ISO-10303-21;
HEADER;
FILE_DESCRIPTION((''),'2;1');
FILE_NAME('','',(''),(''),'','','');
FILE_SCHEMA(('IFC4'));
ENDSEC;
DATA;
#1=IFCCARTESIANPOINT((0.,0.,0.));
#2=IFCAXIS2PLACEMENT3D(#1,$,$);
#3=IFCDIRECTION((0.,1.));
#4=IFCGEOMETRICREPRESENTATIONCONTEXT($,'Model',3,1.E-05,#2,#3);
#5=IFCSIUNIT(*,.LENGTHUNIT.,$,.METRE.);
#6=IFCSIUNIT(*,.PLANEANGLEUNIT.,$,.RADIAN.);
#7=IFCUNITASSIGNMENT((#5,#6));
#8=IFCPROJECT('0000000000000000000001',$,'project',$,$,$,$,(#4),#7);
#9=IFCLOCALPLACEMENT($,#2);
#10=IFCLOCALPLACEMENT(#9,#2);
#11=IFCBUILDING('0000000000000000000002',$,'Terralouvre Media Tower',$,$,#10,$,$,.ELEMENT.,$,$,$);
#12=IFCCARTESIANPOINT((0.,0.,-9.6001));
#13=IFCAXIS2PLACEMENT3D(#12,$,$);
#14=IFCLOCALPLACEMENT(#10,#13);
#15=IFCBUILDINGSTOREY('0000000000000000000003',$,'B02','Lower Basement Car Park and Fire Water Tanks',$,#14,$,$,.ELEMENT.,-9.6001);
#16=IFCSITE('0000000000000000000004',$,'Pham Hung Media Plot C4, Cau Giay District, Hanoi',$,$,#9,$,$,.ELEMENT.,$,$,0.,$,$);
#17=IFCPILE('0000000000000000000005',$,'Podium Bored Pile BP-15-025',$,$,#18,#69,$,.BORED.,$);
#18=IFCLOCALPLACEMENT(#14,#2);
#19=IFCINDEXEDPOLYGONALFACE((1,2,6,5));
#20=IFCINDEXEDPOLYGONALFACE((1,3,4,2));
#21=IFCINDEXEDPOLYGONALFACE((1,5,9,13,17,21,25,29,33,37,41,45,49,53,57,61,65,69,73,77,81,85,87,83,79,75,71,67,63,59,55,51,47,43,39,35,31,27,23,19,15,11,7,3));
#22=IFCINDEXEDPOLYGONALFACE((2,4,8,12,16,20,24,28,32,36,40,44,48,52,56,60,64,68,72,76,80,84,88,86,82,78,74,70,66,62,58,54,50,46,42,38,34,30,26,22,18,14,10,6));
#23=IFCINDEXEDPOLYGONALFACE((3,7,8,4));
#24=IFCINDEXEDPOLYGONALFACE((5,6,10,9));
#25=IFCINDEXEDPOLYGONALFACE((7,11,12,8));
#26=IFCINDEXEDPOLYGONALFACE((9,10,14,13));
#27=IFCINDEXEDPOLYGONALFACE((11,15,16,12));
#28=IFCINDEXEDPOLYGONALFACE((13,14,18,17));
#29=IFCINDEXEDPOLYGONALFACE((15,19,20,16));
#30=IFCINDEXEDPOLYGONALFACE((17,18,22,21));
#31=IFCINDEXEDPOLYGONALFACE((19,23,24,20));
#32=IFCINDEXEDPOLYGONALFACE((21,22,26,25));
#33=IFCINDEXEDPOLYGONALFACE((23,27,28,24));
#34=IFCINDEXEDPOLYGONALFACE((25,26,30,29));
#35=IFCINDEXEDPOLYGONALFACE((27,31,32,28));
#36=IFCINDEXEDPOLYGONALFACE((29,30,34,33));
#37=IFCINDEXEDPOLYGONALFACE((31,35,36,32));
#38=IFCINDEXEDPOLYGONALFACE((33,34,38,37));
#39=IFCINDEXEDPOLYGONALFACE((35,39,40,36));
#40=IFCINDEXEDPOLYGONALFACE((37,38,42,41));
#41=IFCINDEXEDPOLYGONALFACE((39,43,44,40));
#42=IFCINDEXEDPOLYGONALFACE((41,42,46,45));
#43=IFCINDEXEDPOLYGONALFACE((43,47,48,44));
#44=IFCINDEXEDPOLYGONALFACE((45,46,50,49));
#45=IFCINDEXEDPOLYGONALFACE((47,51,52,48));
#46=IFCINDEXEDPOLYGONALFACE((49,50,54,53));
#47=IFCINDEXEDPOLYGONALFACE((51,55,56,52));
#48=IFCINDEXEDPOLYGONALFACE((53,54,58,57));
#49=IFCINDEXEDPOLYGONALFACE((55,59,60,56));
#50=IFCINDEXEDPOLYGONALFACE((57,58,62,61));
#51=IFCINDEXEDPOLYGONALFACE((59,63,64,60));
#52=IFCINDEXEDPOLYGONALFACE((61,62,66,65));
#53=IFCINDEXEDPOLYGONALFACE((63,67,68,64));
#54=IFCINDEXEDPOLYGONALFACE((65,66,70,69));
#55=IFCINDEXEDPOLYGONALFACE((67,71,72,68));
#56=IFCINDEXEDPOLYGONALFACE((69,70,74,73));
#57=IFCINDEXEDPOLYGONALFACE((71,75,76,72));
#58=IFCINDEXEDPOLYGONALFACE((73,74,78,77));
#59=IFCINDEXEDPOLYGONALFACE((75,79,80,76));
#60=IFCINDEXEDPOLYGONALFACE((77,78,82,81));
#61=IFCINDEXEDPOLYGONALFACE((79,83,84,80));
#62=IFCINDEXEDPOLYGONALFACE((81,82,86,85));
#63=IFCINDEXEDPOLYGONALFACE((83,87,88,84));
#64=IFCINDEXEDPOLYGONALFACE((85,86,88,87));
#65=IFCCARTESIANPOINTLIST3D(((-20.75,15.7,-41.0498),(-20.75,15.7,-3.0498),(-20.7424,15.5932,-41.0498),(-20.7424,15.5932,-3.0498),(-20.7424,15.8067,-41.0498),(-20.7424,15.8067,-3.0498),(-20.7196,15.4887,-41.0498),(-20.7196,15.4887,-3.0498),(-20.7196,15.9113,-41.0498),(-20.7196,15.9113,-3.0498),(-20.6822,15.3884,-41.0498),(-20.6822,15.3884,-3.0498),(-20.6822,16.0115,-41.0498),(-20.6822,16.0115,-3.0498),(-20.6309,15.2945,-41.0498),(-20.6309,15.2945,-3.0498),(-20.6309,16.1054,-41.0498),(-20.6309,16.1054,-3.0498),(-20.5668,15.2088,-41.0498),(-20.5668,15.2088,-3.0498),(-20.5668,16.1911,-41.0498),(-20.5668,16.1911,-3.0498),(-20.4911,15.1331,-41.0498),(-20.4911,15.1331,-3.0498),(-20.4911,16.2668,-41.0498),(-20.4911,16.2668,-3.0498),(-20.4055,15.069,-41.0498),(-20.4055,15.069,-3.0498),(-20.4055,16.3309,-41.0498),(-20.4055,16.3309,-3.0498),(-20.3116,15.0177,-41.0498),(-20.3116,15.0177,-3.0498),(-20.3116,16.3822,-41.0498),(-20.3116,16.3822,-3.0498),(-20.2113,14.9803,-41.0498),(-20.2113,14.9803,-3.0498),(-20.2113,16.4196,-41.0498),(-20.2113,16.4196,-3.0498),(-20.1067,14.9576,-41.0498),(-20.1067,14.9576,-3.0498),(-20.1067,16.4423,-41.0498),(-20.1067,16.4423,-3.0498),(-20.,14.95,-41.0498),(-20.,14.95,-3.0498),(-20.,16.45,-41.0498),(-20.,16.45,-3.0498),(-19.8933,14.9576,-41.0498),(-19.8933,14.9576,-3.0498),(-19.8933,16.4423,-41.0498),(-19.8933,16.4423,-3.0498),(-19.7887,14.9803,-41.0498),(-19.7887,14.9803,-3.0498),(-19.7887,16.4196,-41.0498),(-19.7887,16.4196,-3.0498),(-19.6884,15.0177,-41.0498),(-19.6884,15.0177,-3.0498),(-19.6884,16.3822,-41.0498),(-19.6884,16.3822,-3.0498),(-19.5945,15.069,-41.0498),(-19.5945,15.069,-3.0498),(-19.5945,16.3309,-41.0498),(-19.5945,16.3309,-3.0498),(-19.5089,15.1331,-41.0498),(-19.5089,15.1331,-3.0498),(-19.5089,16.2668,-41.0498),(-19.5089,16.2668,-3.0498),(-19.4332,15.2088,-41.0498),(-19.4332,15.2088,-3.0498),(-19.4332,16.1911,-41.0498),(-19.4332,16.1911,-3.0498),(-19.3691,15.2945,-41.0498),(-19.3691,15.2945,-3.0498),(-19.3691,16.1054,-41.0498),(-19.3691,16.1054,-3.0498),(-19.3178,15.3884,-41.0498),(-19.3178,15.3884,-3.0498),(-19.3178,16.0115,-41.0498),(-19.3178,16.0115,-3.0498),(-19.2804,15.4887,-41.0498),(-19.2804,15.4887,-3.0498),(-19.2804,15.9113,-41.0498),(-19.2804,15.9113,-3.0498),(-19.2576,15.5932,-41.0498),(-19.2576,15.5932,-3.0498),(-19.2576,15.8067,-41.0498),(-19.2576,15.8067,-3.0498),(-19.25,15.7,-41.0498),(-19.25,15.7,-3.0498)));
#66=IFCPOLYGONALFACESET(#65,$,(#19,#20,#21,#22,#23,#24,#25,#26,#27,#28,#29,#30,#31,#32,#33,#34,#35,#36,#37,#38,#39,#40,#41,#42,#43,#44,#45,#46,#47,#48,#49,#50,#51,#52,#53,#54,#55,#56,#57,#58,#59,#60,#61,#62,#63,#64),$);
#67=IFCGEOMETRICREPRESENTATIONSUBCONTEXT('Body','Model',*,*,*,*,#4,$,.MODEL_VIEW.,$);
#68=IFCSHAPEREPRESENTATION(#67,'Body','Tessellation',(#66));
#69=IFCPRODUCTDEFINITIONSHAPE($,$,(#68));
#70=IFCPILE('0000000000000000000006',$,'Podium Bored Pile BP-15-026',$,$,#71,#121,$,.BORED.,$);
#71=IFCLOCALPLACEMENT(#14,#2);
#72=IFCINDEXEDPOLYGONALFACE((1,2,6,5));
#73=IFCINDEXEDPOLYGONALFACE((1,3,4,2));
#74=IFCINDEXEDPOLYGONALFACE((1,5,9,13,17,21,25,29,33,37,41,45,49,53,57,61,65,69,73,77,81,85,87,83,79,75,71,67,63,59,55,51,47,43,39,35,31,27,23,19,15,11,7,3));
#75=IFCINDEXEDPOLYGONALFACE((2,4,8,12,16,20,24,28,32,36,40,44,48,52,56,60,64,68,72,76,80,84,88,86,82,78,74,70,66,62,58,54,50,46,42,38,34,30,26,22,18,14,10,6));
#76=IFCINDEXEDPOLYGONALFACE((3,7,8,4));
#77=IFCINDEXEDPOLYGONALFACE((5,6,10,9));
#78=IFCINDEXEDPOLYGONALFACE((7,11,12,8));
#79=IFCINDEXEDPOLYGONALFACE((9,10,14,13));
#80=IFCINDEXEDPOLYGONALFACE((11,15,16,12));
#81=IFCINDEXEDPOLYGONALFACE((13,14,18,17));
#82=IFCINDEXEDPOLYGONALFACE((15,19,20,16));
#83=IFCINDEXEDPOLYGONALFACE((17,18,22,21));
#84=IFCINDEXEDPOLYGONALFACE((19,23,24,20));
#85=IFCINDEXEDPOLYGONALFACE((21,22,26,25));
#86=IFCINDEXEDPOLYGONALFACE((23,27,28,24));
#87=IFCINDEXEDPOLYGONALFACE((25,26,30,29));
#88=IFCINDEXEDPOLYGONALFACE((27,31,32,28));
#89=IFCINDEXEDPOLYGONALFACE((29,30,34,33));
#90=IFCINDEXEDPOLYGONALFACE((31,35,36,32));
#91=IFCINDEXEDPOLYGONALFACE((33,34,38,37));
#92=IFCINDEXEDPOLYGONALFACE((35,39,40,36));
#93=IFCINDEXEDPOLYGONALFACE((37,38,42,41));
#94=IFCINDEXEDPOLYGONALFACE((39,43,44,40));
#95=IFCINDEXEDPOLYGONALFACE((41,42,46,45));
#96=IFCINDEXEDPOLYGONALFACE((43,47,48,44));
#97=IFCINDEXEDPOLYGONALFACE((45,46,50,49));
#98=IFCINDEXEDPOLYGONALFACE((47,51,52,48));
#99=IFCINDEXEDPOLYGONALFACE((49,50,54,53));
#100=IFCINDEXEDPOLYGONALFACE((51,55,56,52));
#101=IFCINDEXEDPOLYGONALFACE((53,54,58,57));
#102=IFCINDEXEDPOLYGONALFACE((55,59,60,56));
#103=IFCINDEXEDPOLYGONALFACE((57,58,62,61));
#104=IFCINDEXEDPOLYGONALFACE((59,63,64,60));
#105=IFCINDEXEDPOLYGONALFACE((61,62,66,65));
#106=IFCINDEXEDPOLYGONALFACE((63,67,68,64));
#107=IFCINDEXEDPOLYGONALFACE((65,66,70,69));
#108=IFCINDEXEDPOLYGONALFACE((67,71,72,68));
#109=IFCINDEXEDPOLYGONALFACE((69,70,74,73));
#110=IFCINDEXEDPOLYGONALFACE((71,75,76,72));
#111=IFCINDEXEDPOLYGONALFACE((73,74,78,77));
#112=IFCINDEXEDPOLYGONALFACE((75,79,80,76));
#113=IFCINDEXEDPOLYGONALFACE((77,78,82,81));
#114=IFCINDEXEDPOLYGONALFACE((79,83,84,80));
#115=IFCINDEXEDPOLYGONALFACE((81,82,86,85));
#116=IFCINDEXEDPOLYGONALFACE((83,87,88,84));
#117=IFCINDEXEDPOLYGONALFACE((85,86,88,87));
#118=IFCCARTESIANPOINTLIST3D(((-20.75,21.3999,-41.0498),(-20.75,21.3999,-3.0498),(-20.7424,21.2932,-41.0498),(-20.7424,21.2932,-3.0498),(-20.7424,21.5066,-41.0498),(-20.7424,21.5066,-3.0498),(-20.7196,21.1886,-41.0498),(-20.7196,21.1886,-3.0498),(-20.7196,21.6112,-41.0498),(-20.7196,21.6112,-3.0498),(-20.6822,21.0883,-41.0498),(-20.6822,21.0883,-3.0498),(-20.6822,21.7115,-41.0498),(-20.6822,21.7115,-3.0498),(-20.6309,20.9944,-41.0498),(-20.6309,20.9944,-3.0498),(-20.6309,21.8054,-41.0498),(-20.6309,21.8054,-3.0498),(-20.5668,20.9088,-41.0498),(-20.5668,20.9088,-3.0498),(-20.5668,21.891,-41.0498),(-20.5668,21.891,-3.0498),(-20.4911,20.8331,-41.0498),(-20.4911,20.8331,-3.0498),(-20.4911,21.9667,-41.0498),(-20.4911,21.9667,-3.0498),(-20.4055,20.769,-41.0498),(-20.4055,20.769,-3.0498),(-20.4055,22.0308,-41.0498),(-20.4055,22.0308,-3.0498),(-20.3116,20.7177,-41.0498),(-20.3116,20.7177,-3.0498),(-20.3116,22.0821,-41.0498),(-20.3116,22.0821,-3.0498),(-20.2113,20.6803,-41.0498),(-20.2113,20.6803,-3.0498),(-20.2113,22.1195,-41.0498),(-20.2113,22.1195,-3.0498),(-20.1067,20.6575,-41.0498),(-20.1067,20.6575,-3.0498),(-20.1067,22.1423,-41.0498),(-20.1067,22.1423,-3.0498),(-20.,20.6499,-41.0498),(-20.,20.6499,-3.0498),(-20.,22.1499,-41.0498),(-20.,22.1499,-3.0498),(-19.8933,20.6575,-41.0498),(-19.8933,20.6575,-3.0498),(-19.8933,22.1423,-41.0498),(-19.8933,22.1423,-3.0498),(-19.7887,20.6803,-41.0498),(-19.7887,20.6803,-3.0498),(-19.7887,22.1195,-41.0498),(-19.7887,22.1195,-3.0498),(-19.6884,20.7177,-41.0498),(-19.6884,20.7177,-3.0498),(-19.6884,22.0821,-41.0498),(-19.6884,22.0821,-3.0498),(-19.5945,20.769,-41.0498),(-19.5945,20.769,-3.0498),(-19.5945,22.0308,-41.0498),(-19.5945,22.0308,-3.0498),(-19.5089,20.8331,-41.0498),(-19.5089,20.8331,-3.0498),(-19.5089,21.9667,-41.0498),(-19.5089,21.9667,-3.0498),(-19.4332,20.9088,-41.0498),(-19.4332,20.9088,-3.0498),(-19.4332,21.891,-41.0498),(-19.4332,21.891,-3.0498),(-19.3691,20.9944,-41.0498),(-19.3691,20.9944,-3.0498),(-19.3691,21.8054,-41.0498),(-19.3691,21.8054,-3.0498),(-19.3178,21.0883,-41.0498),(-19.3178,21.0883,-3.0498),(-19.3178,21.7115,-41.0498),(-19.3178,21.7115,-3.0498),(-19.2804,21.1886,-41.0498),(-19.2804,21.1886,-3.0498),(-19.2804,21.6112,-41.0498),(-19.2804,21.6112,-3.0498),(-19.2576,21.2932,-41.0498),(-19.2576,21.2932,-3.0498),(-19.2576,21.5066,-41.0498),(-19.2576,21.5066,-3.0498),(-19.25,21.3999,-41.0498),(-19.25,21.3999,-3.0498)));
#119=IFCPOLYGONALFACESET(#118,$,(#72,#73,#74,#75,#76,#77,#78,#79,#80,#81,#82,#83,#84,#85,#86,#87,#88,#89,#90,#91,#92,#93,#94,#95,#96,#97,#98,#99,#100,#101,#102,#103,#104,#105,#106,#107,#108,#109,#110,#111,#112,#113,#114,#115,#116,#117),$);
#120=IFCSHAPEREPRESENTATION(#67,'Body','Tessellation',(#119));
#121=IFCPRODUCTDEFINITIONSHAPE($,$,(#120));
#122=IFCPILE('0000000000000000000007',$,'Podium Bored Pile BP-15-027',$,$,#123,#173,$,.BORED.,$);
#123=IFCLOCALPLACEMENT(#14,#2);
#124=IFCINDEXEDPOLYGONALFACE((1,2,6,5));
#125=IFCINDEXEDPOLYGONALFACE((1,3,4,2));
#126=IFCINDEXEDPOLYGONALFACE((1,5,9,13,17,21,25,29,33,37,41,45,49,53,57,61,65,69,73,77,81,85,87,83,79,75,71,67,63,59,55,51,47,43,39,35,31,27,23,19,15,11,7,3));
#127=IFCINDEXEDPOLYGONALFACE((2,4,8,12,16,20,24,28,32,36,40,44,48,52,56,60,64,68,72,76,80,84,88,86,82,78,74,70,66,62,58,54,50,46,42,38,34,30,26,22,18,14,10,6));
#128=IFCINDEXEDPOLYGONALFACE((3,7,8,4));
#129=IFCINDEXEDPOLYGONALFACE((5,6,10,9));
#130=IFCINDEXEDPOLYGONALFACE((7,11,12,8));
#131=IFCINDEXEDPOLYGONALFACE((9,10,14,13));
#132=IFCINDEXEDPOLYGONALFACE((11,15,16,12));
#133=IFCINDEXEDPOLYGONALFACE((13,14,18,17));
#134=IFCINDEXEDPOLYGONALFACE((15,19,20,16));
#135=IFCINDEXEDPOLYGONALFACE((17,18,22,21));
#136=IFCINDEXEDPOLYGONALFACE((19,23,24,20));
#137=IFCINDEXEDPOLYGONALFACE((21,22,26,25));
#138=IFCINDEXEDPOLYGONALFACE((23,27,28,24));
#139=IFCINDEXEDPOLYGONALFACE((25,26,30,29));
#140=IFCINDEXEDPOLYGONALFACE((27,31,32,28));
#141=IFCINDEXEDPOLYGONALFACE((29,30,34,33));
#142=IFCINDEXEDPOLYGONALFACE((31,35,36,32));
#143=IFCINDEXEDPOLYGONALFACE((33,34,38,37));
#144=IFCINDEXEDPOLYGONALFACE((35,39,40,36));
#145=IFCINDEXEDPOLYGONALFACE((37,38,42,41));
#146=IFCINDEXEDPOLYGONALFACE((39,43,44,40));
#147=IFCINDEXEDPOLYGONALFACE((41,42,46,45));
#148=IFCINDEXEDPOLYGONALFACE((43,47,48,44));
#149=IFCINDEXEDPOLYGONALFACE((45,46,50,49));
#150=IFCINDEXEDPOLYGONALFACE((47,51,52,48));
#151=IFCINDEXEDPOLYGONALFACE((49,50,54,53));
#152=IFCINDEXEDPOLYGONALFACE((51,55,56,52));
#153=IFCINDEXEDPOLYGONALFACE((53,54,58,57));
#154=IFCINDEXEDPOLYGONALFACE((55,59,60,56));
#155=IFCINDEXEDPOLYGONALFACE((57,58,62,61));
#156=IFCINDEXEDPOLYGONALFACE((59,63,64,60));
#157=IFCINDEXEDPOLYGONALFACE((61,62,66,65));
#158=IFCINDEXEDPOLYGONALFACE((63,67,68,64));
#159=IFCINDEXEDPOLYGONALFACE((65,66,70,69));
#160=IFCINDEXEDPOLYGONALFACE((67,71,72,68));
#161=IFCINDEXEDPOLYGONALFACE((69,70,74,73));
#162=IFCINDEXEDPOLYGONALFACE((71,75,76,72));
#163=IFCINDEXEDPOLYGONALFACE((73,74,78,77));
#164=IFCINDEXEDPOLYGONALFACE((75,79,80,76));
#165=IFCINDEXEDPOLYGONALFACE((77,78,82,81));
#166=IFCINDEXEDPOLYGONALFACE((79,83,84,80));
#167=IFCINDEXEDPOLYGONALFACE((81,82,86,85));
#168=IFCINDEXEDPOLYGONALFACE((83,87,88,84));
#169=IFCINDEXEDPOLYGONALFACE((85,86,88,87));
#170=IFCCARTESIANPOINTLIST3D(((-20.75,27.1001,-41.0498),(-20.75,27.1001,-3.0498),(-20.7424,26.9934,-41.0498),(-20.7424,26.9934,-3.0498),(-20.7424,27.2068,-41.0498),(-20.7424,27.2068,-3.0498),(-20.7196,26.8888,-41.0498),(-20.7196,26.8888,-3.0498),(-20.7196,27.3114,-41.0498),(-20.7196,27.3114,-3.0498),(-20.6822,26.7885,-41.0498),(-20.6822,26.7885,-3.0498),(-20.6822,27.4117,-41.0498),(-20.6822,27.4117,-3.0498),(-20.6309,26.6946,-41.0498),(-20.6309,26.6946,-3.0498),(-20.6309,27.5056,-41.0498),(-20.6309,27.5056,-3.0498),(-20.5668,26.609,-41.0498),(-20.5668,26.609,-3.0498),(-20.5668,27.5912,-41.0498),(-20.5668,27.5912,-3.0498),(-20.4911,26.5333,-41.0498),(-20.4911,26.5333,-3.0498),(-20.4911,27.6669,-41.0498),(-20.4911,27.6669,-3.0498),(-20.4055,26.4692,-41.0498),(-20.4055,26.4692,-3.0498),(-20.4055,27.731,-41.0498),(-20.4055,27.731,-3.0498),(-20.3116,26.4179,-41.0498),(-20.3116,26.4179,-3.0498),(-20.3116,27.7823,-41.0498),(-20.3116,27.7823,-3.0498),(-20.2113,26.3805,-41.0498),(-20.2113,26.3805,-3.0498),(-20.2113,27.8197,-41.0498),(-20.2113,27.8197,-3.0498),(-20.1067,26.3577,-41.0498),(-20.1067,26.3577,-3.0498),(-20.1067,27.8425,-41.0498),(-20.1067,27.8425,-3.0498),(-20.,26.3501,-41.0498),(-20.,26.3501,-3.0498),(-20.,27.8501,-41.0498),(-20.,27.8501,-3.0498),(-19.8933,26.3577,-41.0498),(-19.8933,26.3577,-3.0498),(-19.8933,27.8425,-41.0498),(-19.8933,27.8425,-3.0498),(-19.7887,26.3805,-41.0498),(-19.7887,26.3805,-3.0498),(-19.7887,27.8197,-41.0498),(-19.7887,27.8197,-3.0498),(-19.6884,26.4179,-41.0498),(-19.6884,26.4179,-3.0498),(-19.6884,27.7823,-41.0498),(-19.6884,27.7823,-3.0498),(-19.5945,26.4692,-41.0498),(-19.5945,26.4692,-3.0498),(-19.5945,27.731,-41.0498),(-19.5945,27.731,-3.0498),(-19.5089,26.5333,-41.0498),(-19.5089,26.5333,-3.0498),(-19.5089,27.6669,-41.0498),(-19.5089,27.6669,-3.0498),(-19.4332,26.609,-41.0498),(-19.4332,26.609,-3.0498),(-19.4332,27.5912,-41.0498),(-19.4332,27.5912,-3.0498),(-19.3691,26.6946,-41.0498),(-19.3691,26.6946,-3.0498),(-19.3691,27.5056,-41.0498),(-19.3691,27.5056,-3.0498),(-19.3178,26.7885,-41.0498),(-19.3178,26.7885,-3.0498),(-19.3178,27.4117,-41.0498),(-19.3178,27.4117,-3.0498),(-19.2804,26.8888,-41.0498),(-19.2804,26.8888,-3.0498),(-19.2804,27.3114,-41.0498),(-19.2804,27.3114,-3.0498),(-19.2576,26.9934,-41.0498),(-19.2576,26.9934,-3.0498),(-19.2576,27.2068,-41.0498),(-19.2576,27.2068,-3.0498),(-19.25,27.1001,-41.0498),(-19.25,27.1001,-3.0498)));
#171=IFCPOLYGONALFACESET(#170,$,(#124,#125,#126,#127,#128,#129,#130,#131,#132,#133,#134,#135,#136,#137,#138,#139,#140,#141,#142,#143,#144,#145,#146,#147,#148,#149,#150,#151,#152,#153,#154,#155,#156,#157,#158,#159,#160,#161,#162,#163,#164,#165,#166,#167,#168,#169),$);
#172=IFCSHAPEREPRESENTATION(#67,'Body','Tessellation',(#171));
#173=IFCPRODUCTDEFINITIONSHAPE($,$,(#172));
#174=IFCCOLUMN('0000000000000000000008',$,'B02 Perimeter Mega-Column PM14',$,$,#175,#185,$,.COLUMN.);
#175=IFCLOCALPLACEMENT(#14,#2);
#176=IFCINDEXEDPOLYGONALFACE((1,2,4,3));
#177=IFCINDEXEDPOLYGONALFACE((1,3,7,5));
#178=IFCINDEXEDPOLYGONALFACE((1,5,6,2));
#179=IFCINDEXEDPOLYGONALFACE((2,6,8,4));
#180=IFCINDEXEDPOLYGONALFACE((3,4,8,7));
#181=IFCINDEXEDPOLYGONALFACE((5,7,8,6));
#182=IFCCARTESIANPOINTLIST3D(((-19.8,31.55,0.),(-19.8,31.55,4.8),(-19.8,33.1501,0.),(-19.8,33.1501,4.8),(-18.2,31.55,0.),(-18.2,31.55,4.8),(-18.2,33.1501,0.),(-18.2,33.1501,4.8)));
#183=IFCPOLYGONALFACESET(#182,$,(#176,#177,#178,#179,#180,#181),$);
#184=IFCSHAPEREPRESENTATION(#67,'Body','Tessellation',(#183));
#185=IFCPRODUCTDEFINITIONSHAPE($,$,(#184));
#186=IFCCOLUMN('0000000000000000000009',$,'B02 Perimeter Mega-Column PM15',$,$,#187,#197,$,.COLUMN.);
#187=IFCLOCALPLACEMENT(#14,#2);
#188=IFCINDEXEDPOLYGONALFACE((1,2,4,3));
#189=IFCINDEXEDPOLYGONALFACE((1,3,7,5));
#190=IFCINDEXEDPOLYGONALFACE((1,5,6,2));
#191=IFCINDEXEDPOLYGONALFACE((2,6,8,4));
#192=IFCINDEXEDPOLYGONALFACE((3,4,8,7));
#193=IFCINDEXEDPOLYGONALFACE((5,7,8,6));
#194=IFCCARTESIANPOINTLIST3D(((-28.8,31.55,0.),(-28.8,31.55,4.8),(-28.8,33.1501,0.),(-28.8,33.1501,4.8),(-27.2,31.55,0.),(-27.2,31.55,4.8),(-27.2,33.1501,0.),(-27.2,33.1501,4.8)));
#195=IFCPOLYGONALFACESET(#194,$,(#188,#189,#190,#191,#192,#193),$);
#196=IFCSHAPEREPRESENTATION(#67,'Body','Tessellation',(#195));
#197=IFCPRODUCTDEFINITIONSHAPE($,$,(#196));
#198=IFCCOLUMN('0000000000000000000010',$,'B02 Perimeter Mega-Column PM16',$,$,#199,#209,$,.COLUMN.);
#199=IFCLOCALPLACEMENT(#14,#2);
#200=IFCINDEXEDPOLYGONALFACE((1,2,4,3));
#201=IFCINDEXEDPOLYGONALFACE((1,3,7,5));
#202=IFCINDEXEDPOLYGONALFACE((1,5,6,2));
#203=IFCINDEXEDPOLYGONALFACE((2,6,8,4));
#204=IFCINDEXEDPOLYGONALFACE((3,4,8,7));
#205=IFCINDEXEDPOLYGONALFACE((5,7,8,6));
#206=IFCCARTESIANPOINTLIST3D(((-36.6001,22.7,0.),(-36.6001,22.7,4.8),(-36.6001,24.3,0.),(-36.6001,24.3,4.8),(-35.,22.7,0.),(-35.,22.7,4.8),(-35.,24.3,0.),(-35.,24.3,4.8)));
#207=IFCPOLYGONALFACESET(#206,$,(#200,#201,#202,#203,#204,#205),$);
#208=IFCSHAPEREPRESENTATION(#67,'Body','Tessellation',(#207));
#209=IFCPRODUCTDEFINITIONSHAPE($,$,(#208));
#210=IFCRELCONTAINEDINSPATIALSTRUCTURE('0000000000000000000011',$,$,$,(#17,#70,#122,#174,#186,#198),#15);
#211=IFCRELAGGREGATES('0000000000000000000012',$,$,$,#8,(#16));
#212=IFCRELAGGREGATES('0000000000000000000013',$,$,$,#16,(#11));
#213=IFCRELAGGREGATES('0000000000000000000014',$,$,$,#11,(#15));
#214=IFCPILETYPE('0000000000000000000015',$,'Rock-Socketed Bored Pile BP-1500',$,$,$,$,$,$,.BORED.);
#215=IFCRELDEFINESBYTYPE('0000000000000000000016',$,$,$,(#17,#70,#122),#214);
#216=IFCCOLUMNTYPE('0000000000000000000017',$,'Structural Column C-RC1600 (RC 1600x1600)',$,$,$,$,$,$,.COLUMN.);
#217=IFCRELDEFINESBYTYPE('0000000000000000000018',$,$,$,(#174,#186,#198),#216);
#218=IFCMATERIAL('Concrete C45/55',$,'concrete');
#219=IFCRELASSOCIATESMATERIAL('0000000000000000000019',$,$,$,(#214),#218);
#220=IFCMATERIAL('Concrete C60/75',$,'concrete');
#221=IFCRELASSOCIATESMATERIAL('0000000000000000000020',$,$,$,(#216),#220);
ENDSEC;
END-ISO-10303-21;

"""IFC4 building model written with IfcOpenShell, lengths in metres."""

from ifc_helpers import new_model, si_unit, direction, frame, origin, origin_2d, place, context, subcontext, project, spatial, rectangle, circle, extrude, material, material_profile, profile_set, type_object, element, save


model = new_model("IFC4")

# Units and contexts
model_context = context("Model", 3, precision=1e-05, world=origin(), true_north=direction((0.0, 1.0)))
body_context = subcontext(model_context, "Body", "Model", "MODEL_VIEW")
ifc_project = project(units=[si_unit("LENGTHUNIT", "METRE"), si_unit("PLANEANGLEUNIT", "RADIAN")], contexts=[model_context])

# Site, building, storey
site_placement = place(None, origin())
site = spatial("IfcSite", under=ifc_project, at=site_placement, Name="Pham Hung Media Plot C4, Cau Giay District, Hanoi", CompositionType="ELEMENT", RefElevation=0.0)
building_placement = place(site_placement, origin())
building = spatial("IfcBuilding", under=site, at=building_placement, Name="Terralouvre Media Tower", CompositionType="ELEMENT")
storey_placement = place(building_placement, frame((0.0, 0.0, -9.6001)))
storey = spatial("IfcBuildingStorey", under=building, at=storey_placement, Name="B02", Description="Lower Basement Car Park and Fire Water Tanks", CompositionType="ELEMENT", Elevation=-9.6001)

# Piles
ifc_material_1 = material(Name="Concrete C45/55", Category="concrete")
ifc_material_profile_1 = material_profile(ifc_material_1, circle(Radius=0.75, at=origin_2d()), Name="BORED PILE 1500")
ifc_profile_set_1 = profile_set([ifc_material_profile_1], Name="Concrete C45/55")
pile_type = type_object("IfcPileType", Name="Rock-Socketed Bored Pile BP-1500", PredefinedType="BORED", material=ifc_profile_set_1)
for number, where, z_axis, x_axis, name in (
    (1, (-20.0, 15.7, -3.0498), (0.0, 0.0, -1.0), (1.0, 0.0, 0.0), "Podium Bored Pile BP-15-025"),
    (2, (-20.0, 21.3999, -3.0498), (0.0, 0.0, -1.0), (1.0, 0.0, 0.0), "Podium Bored Pile BP-15-026"),
    (3, (-20.0, 27.1001, -3.0498), (0.0, 0.0, -1.0), (1.0, 0.0, 0.0), "Podium Bored Pile BP-15-027"),
):
    element("IfcPile", number, at=place(storey_placement, frame(where, z_axis=z_axis, x_axis=x_axis)), inside=storey, type_object=pile_type, Name=name, PredefinedType="BORED", context=body_context, shape_type="SweptSolid", body=[
        extrude(circle(Radius=0.75, at=origin_2d()), origin(), (0.0, 0.0, 1.0), 38.0),
    ])

# Columns
ifc_material_2 = material(Name="Concrete C60/75", Category="concrete")
ifc_material_profile_2 = material_profile(ifc_material_2, rectangle(XDim=1.6001, YDim=1.6001, at=origin_2d()), Name="RC 1600x1600")
ifc_profile_set_2 = profile_set([ifc_material_profile_2], Name="Concrete C60/75")
column_type_1 = type_object("IfcColumnType", Name="Structural Column C-RC1600 (RC 1600x1600)", PredefinedType="COLUMN", material=ifc_profile_set_2)
for number, where, z_axis, x_axis, name in (
    (4, (-19.0, 32.3501, 0.0), (0.0, 0.0, 1.0), (1.0, 0.0, 0.0), "B02 Perimeter Mega-Column PM14"),
    (5, (-28.0, 32.3501, 0.0), (0.0, 0.0, 1.0), (1.0, 0.0, 0.0), "B02 Perimeter Mega-Column PM15"),
    (6, (-35.8, 23.5, 0.0), (0.0, 0.0, 1.0), (1.0, 0.0, 0.0), "B02 Perimeter Mega-Column PM16"),
):
    element("IfcColumn", number, at=place(storey_placement, frame(where, z_axis=z_axis, x_axis=x_axis)), inside=storey, type_object=column_type_1, Name=name, PredefinedType="COLUMN", context=body_context, shape_type="SweptSolid", body=[
        extrude(rectangle(XDim=1.6001, YDim=1.6001, at=origin_2d()), origin(), (0.0, 0.0, 1.0), 4.8),
    ])

save(model, "model.ifc")
